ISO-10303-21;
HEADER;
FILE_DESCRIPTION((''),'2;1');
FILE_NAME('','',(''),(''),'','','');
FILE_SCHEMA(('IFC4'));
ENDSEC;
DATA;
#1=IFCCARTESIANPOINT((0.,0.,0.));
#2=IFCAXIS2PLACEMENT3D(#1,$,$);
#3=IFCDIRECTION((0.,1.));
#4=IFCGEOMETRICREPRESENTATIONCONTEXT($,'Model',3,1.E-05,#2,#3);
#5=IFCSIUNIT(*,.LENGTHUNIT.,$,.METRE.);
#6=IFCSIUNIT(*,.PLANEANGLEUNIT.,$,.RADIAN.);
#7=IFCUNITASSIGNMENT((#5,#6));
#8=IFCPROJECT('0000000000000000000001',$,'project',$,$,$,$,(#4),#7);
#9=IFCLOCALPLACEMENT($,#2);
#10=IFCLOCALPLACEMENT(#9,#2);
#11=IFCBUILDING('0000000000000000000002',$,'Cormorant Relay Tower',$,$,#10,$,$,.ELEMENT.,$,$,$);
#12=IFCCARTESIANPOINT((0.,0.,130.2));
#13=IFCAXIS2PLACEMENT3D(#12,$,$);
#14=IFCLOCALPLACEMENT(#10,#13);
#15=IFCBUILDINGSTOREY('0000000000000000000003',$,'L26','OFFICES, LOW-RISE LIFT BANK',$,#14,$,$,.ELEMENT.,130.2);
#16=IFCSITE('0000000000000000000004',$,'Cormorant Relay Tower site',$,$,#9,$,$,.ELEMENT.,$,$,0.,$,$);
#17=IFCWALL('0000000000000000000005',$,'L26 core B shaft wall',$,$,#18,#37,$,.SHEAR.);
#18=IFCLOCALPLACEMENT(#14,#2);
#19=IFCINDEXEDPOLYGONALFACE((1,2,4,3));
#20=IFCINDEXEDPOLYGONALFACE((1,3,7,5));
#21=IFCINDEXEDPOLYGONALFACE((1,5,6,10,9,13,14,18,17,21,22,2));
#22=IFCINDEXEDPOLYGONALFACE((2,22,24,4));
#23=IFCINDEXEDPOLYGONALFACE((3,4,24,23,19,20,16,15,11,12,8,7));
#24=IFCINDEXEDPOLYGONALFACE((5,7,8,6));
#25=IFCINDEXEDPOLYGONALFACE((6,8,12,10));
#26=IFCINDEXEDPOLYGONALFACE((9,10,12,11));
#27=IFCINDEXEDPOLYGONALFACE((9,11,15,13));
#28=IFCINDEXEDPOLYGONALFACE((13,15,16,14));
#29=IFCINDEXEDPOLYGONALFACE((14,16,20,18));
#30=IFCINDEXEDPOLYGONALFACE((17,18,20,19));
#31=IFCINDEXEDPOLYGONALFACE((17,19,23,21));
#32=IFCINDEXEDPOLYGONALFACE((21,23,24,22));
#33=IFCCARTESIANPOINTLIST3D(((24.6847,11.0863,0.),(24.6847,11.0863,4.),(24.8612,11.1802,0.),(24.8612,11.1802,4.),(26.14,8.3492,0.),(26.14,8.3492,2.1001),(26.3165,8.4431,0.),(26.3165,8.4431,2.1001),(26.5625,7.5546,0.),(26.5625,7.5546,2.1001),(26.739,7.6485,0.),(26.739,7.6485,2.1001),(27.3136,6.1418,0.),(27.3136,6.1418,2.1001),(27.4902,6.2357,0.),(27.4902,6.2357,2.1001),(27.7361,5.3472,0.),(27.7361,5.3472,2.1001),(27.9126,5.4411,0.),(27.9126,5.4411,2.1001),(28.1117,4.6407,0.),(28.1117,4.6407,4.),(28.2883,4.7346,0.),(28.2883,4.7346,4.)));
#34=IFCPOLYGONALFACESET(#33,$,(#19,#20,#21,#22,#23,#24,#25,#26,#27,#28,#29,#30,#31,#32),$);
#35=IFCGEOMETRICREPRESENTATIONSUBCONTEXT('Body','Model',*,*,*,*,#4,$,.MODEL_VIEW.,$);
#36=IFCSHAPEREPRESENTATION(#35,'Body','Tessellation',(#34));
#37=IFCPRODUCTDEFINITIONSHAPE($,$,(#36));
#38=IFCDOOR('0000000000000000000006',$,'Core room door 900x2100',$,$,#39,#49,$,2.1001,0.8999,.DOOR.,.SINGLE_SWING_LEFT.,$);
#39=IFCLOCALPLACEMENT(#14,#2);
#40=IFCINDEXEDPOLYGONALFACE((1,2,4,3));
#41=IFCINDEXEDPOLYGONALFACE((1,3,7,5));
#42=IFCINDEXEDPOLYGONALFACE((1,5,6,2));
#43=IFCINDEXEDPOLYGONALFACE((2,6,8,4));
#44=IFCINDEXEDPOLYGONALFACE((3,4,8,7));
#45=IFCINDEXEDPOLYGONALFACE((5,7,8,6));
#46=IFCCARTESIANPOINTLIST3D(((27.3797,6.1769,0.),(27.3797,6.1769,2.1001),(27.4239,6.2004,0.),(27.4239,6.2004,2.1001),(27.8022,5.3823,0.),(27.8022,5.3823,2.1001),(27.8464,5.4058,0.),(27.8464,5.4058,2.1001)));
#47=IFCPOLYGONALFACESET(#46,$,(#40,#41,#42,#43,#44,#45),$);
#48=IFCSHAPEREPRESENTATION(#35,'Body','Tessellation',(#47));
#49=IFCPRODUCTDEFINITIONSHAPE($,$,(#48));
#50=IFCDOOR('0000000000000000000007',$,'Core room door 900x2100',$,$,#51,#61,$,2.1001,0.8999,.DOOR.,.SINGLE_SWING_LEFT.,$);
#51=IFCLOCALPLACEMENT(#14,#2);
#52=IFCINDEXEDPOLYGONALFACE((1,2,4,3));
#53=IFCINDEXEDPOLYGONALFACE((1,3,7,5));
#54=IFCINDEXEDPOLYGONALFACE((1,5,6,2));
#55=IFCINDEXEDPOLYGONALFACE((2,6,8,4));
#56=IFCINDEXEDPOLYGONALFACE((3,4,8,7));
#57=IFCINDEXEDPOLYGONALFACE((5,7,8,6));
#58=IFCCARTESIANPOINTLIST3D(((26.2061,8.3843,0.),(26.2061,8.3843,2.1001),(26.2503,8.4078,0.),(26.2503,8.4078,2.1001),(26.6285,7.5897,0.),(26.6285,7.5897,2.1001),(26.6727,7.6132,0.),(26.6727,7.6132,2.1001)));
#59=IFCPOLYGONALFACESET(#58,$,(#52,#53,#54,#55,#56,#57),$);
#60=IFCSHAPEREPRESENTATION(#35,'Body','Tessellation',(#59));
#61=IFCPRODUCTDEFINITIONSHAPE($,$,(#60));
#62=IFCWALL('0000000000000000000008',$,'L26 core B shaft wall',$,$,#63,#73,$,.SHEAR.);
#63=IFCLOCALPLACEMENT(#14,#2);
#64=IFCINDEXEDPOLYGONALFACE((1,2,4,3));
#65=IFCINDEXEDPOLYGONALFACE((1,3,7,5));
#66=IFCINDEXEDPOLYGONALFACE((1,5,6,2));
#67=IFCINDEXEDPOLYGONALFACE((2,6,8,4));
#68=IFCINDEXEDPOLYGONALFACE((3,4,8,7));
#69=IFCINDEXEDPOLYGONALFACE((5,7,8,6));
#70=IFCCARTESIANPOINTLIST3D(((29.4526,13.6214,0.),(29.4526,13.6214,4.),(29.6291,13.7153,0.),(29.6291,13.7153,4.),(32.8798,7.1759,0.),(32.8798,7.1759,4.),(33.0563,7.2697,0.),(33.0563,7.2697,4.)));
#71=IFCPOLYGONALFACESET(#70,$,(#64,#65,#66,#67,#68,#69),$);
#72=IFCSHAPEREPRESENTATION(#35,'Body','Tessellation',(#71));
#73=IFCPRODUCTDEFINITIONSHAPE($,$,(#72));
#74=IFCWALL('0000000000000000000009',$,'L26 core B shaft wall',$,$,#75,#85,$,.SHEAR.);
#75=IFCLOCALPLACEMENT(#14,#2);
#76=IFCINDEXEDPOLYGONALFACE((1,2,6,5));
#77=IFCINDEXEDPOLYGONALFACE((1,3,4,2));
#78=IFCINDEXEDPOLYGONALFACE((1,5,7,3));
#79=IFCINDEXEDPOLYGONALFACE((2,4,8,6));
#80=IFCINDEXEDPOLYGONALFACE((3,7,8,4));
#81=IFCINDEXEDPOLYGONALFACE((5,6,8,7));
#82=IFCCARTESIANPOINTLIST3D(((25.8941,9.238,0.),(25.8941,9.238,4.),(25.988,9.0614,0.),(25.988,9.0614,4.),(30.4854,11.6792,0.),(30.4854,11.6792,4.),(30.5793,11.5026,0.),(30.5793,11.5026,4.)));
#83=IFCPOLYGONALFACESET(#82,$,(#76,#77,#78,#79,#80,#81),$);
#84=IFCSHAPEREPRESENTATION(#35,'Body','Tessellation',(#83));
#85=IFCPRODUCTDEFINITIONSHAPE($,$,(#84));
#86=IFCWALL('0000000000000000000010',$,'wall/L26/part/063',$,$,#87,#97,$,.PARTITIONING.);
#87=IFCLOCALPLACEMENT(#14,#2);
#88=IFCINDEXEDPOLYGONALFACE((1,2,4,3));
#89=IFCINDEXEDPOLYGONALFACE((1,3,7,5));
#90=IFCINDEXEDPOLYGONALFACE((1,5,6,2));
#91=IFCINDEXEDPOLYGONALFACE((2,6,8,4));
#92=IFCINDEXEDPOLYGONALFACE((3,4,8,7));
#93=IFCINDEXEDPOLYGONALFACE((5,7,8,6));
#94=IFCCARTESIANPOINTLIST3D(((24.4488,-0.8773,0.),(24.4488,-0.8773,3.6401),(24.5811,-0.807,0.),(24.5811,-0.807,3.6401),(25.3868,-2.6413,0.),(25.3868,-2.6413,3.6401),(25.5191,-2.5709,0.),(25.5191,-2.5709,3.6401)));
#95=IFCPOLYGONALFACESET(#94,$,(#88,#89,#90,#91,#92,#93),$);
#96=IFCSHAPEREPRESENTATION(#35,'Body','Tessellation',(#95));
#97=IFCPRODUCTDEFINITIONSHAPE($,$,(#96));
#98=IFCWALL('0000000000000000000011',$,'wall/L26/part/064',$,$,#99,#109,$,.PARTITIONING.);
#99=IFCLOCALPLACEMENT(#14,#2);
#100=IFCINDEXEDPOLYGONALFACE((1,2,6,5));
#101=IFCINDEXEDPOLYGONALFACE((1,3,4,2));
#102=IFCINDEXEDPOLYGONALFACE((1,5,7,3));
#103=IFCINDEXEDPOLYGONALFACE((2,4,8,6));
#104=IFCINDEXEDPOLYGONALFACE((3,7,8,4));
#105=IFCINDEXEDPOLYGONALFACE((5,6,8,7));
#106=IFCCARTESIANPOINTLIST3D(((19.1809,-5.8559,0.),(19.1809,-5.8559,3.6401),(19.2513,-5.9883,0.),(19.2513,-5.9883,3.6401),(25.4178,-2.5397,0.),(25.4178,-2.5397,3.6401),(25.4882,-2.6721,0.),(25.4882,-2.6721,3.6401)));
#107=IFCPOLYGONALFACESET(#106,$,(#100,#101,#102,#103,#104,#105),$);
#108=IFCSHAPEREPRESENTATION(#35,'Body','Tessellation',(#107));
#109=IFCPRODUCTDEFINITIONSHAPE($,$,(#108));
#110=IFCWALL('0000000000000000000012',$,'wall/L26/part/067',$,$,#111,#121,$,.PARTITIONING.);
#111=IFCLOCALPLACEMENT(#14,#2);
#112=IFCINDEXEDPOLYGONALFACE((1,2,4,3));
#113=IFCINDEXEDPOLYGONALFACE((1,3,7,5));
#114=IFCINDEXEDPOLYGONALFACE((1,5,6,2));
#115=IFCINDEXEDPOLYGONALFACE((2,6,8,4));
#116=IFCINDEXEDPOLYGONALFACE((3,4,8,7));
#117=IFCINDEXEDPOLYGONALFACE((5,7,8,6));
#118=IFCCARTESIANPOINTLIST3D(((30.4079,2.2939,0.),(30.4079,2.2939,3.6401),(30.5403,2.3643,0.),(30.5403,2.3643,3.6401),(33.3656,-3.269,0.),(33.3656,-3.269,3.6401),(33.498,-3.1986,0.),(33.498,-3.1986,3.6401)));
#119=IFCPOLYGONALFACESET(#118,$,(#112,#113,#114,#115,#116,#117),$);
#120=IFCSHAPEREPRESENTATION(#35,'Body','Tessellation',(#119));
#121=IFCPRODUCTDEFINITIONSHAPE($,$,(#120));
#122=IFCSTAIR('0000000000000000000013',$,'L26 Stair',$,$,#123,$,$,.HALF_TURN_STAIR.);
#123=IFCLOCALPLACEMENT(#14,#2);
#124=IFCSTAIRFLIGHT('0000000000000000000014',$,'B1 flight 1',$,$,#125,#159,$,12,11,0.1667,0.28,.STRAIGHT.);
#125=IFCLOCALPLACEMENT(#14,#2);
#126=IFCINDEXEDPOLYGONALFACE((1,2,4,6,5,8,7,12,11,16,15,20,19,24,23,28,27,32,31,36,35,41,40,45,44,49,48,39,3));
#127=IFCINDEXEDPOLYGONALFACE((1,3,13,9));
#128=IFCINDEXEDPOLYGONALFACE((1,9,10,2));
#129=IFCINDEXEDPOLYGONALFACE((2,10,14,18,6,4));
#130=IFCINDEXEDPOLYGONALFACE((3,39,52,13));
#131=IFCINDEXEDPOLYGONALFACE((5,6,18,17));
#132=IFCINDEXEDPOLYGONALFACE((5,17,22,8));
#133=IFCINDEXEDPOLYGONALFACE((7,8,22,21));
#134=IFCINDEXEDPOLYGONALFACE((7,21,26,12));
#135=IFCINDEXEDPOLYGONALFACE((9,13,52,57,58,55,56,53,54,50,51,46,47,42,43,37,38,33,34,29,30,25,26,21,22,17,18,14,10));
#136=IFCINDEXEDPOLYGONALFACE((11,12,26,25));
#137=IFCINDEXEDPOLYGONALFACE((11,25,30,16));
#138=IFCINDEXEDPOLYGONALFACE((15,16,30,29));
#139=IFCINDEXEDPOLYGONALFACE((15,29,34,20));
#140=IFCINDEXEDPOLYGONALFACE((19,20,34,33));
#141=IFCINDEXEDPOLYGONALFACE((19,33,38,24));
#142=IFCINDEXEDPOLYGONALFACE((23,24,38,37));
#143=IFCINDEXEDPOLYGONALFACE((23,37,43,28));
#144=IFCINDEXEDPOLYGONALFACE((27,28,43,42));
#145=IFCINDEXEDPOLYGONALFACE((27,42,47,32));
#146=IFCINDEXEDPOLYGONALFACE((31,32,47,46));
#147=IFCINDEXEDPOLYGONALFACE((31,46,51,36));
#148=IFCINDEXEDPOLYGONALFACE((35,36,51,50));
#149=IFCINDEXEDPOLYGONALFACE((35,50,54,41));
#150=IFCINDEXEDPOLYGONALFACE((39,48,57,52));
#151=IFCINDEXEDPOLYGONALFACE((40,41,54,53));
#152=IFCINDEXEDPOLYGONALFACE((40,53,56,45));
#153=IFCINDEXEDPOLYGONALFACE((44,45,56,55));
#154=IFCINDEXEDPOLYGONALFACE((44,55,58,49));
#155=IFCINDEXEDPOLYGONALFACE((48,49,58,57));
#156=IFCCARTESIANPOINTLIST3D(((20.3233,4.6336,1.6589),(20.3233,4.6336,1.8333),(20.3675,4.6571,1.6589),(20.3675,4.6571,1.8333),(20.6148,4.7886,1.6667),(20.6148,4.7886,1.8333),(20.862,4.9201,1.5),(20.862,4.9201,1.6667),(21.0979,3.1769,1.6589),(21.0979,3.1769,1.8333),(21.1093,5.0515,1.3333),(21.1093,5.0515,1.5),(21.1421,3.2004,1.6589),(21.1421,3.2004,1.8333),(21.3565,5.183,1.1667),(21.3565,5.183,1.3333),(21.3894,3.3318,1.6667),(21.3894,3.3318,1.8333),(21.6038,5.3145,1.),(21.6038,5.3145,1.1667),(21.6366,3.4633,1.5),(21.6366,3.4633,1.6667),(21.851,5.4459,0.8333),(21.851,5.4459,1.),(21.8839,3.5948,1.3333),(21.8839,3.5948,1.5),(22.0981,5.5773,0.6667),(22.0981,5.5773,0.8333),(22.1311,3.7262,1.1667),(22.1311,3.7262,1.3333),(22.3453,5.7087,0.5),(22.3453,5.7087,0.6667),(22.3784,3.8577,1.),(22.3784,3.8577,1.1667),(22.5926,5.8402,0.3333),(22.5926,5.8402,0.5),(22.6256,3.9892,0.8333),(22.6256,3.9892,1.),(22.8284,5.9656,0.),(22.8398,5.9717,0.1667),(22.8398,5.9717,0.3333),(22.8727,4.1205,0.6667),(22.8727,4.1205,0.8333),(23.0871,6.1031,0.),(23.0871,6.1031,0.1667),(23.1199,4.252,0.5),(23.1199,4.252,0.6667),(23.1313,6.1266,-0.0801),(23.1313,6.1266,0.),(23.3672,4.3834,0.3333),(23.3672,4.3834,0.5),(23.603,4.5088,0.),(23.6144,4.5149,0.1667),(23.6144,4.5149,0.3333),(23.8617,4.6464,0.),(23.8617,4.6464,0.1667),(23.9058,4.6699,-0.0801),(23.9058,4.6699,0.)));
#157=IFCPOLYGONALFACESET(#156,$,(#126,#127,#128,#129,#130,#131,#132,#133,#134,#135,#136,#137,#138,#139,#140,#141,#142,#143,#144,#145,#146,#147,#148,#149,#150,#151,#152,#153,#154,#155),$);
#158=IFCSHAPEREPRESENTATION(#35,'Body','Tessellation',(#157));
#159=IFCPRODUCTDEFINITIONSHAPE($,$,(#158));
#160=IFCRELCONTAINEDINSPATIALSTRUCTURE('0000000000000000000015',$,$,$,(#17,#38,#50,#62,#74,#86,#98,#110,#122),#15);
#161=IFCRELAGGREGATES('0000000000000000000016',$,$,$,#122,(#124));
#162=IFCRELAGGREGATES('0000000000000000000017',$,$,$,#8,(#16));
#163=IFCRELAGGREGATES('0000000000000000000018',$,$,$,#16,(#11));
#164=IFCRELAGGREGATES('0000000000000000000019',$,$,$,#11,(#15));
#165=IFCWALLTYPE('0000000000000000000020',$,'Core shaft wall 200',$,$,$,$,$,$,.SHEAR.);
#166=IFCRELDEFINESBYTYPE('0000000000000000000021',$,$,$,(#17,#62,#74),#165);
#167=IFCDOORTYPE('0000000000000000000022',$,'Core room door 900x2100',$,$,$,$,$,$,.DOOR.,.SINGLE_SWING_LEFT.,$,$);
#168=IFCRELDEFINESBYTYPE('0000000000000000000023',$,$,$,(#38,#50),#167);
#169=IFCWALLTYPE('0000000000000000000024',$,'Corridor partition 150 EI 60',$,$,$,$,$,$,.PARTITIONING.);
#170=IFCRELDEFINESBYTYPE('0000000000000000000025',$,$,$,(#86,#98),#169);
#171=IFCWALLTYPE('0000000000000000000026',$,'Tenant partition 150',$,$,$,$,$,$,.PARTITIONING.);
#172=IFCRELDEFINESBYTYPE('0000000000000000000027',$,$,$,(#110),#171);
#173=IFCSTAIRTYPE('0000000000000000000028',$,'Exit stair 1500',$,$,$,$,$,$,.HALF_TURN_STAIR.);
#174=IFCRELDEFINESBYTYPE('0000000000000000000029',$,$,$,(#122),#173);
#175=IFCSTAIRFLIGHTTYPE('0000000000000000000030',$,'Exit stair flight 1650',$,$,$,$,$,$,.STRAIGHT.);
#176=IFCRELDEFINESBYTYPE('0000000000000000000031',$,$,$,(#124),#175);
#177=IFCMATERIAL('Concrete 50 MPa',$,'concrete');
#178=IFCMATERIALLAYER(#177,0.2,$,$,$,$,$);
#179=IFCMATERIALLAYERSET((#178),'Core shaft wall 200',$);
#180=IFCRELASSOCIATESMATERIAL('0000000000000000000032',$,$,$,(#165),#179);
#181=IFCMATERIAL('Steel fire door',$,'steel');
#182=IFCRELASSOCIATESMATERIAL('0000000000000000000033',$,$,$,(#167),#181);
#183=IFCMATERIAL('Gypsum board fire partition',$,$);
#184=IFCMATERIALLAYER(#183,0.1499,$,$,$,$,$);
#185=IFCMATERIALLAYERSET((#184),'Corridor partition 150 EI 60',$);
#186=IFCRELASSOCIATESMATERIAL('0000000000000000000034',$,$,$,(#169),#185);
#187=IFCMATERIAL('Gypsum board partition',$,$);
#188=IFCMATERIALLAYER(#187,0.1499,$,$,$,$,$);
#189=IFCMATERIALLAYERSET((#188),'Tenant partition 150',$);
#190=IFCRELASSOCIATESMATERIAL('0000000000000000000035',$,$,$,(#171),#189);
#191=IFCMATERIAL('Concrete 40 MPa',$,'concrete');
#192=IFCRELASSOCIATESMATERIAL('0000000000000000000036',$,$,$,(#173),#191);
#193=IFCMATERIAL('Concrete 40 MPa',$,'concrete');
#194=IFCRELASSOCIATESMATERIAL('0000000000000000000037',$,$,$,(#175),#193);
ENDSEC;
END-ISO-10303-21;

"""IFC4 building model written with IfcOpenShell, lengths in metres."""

from ifc_helpers import new_model, si_unit, direction, frame, frame_2d, origin, place, context, subcontext, project, spatial, polyline, rectangle, outline, extrude, material, layer, layer_set, type_object, element, fill, aggregate, save


model = new_model("IFC4")

# Units and contexts
model_context = context("Model", 3, precision=1e-05, world=origin(), true_north=direction((0.0, 1.0)))
body_context = subcontext(model_context, "Body", "Model", "MODEL_VIEW")
ifc_project = project(units=[si_unit("LENGTHUNIT", "METRE"), si_unit("PLANEANGLEUNIT", "RADIAN")], contexts=[model_context])

# Site, building, storey
site_placement = place(None, origin())
site = spatial("IfcSite", under=ifc_project, at=site_placement, Name="Cormorant Relay Tower site", CompositionType="ELEMENT", RefElevation=0.0)
building_placement = place(site_placement, origin())
building = spatial("IfcBuilding", under=site, at=building_placement, Name="Cormorant Relay Tower", CompositionType="ELEMENT")
storey_placement = place(building_placement, frame((0.0, 0.0, 130.2)))
storey = spatial("IfcBuildingStorey", under=building, at=storey_placement, Name="L26", Description="OFFICES, LOW-RISE LIFT BANK", CompositionType="ELEMENT", Elevation=130.2)

# Shared definitions
ifc_material_1 = material(Name="Concrete 50 MPa", Category="concrete")
ifc_layer_1 = layer(ifc_material_1, 0.2)
ifc_layer_set_1 = layer_set([ifc_layer_1], Name="Core shaft wall 200")
wall_type_1 = type_object("IfcWallType", Name="Core shaft wall 200", PredefinedType="SHEAR", material=ifc_layer_set_1)

# Wall, openings, doors
wall_1_placement = place(storey_placement, frame((28.2, 4.6877, 0.0), z_axis=(0.0, 0.0, 1.0), x_axis=(-0.469454, 0.882957, 0.0)))
wall_1 = element("IfcWall", 1, at=wall_1_placement, inside=storey, type_object=wall_type_1, Name="L26 core B shaft wall", PredefinedType="SHEAR", context=body_context, shape_type="SweptSolid", body=[
    extrude(rectangle(XDim=7.3, YDim=0.2, at=frame_2d((3.6499, 0.0))), origin(), (0.0, 0.0, 1.0), 4.0),
])
opening_1_placement = place(wall_1_placement, frame((0.8, 0.0, 0.0)))
opening_1 = element("IfcOpeningElement", 2, at=opening_1_placement, cuts=wall_1, PredefinedType="OPENING", context=body_context, shape_type="SweptSolid", body=[
    extrude(rectangle(XDim=0.8999, YDim=2.1001, at=frame_2d((0.45, 1.05))), frame((0.0, 0.1099, 0.0), z_axis=(0.0, -1.0, 0.0), x_axis=(1.0, 0.0, 0.0)), (0.0, 0.0, 1.0), 0.22),
])
opening_2_placement = place(wall_1_placement, frame((3.3, 0.0, 0.0)))
opening_2 = element("IfcOpeningElement", 3, at=opening_2_placement, cuts=wall_1, PredefinedType="OPENING", context=body_context, shape_type="SweptSolid", body=[
    extrude(rectangle(XDim=0.8999, YDim=2.1001, at=frame_2d((0.45, 1.05))), frame((0.0, 0.1099, 0.0), z_axis=(0.0, -1.0, 0.0), x_axis=(1.0, 0.0, 0.0)), (0.0, 0.0, 1.0), 0.22),
])
ifc_material_2 = material(Name="Steel fire door", Category="steel")
door_type_1 = type_object("IfcDoorType", Name="Core room door 900x2100", OperationType="SINGLE_SWING_LEFT", PredefinedType="DOOR", material=ifc_material_2)
door_1_placement = place(opening_1_placement, frame((0.8999, 0.0, 0.0), z_axis=(0.0, 0.0, 1.0), x_axis=(-1.0, 0.0, 0.0)))
door_1 = element("IfcDoor", 4, at=door_1_placement, inside=storey, type_object=door_type_1, Name="Core room door 900x2100", OperationType="SINGLE_SWING_LEFT", OverallHeight=2.1001, OverallWidth=0.8999, PredefinedType="DOOR", context=body_context, shape_type="SweptSolid", body=[
    extrude(rectangle(XDim=0.8999, YDim=2.1001, at=frame_2d((0.45, 1.05))), frame((0.0, 0.0249, 0.0), z_axis=(0.0, -1.0, 0.0), x_axis=(1.0, 0.0, 0.0)), (0.0, 0.0, 1.0), 0.05),
])
fill(opening_1, door_1)
door_2_placement = place(opening_2_placement, frame((0.8999, 0.0, 0.0), z_axis=(0.0, 0.0, 1.0), x_axis=(-1.0, 0.0, 0.0)))
door_2 = element("IfcDoor", 5, at=door_2_placement, inside=storey, type_object=door_type_1, Name="Core room door 900x2100", OperationType="SINGLE_SWING_LEFT", OverallHeight=2.1001, OverallWidth=0.8999, PredefinedType="DOOR", context=body_context, shape_type="SweptSolid", body=[
    extrude(rectangle(XDim=0.8999, YDim=2.1001, at=frame_2d((0.45, 1.05))), frame((0.0, 0.0249, 0.0), z_axis=(0.0, -1.0, 0.0), x_axis=(1.0, 0.0, 0.0)), (0.0, 0.0, 1.0), 0.05),
])
fill(opening_2, door_2)

# Walls
wall_2_placement = place(storey_placement, frame((32.968, 7.2229, 0.0), z_axis=(0.0, 0.0, 1.0), x_axis=(-0.46948, 0.882943, 0.0)))
element("IfcWall", 6, at=wall_2_placement, inside=storey, type_object=wall_type_1, Name="L26 core B shaft wall", PredefinedType="SHEAR", context=body_context, shape_type="SweptSolid", body=[
    extrude(rectangle(XDim=7.3, YDim=0.2, at=frame_2d((3.6499, 0.0))), origin(), (0.0, 0.0, 1.0), 4.0),
])
wall_3_placement = place(storey_placement, frame((25.9409, 9.1497, 0.0), z_axis=(0.0, 0.0, 1.0), x_axis=(0.882954, 0.46946, 0.0)))
element("IfcWall", 7, at=wall_3_placement, inside=storey, type_object=wall_type_1, Name="L26 core B shaft wall", PredefinedType="SHEAR", context=body_context, shape_type="SweptSolid", body=[
    extrude(rectangle(XDim=5.2, YDim=0.2, at=frame_2d((2.6001, 0.0))), origin(), (0.0, 0.0, 1.0), 4.0),
])
ifc_material_3 = material(Name="Gypsum board fire partition")
ifc_layer_2 = layer(ifc_material_3, 0.1499)
ifc_layer_set_2 = layer_set([ifc_layer_2], Name="Corridor partition 150 EI 60")
wall_type_2 = type_object("IfcWallType", Name="Corridor partition 150 EI 60", PredefinedType="PARTITIONING", material=ifc_layer_set_2)
wall_4_placement = place(storey_placement, frame((24.5149, -0.842, 0.0), z_axis=(0.0, 0.0, 1.0), x_axis=(0.46951, -0.882927, 0.0)))
element("IfcWall", 8, at=wall_4_placement, inside=storey, type_object=wall_type_2, Name="wall/L26/part/063", PredefinedType="PARTITIONING", context=body_context, shape_type="SweptSolid", body=[
    extrude(rectangle(XDim=1.9978, YDim=0.1499, at=frame_2d((0.999, 0.0))), origin(), (0.0, 0.0, 1.0), 3.6401),
])
wall_5_placement = place(storey_placement, frame((25.4529, -2.606, 0.0), z_axis=(0.0, 0.0, 1.0), x_axis=(-0.882948, -0.46947, 0.0)))
element("IfcWall", 9, at=wall_5_placement, inside=storey, type_object=wall_type_2, Name="wall/L26/part/064", PredefinedType="PARTITIONING", context=body_context, shape_type="SweptSolid", body=[
    extrude(rectangle(XDim=7.0637, YDim=0.1499, at=frame_2d((3.5317, 0.0))), origin(), (0.0, 0.0, 1.0), 3.6401),
])
ifc_material_4 = material(Name="Gypsum board partition")
ifc_layer_3 = layer(ifc_material_4, 0.1499)
ifc_layer_set_3 = layer_set([ifc_layer_3], Name="Tenant partition 150")
wall_type_3 = type_object("IfcWallType", Name="Tenant partition 150", PredefinedType="PARTITIONING", material=ifc_layer_set_3)
wall_6_placement = place(storey_placement, frame((30.4741, 2.3291, 0.0), z_axis=(0.0, 0.0, 1.0), x_axis=(0.469456, -0.882956, 0.0)))
element("IfcWall", 10, at=wall_6_placement, inside=storey, type_object=wall_type_3, Name="wall/L26/part/067", PredefinedType="PARTITIONING", context=body_context, shape_type="SweptSolid", body=[
    extrude(rectangle(XDim=6.3003, YDim=0.1499, at=frame_2d((3.1501, 0.0))), origin(), (0.0, 0.0, 1.0), 3.6401),
])

# Stair, stair flight
ifc_material_5 = material(Name="Concrete 40 MPa", Category="concrete")
stair_type = type_object("IfcStairType", Name="Exit stair 1500", PredefinedType="HALF_TURN_STAIR", material=ifc_material_5)
stair_placement = place(storey_placement, origin())
stair = element("IfcStair", 11, at=stair_placement, inside=storey, type_object=stair_type, Name="L26 Stair", PredefinedType="HALF_TURN_STAIR")
ifc_material_6 = material(Name="Concrete 40 MPa", Category="concrete")
stair_flight_type = type_object("IfcStairFlightType", Name="Exit stair flight 1650", PredefinedType="STRAIGHT", material=ifc_material_6)
stair_flight_1_placement = place(storey_placement, frame((23.4744, 5.3748, 0.0), z_axis=(0.0, 0.0, 1.0), x_axis=(-0.882948, -0.469472, 0.0)))
stair_flight_1 = element("IfcStairFlight", 12, at=stair_flight_1_placement, type_object=stair_flight_type, Name="B1 flight 1", NumberOfRisers=12, NumberOfTreads=11, PredefinedType="STRAIGHT", RiserHeight=0.1667, TreadLength=0.28, context=body_context, shape_type="SweptSolid", body=[
    extrude(outline(polyline([(-0.05, -0.0801), (-0.05, 0.0), (0.0, 0.0), (0.0, 0.1667), (0.28, 0.1667), (0.28, 0.3333), (0.5601, 0.3333), (0.5601, 0.5), (0.8401, 0.5), (0.8401, 0.6667), (1.1201, 0.6667), (1.1201, 0.8333), (1.3999, 0.8333), (1.3999, 1.0), (1.6799, 1.0), (1.6799, 1.1667), (1.96, 1.1667), (1.96, 1.3333), (2.24, 1.3333), (2.24, 1.5), (2.52, 1.5), (2.52, 1.6667), (2.8, 1.6667), (2.8, 1.8333), (3.0801, 1.8333), (3.1301, 1.8333), (3.1301, 1.6589), (3.0801, 1.6589), (0.293, 0.0), (-0.05, -0.0801)])), frame((0.0, 0.825, 0.0), z_axis=(0.0, -1.0, 0.0), x_axis=(1.0, 0.0, 0.0)), (0.0, 0.0, 1.0), 1.6499),
])
aggregate(stair, [stair_flight_1])

save(model, "model.ifc")
